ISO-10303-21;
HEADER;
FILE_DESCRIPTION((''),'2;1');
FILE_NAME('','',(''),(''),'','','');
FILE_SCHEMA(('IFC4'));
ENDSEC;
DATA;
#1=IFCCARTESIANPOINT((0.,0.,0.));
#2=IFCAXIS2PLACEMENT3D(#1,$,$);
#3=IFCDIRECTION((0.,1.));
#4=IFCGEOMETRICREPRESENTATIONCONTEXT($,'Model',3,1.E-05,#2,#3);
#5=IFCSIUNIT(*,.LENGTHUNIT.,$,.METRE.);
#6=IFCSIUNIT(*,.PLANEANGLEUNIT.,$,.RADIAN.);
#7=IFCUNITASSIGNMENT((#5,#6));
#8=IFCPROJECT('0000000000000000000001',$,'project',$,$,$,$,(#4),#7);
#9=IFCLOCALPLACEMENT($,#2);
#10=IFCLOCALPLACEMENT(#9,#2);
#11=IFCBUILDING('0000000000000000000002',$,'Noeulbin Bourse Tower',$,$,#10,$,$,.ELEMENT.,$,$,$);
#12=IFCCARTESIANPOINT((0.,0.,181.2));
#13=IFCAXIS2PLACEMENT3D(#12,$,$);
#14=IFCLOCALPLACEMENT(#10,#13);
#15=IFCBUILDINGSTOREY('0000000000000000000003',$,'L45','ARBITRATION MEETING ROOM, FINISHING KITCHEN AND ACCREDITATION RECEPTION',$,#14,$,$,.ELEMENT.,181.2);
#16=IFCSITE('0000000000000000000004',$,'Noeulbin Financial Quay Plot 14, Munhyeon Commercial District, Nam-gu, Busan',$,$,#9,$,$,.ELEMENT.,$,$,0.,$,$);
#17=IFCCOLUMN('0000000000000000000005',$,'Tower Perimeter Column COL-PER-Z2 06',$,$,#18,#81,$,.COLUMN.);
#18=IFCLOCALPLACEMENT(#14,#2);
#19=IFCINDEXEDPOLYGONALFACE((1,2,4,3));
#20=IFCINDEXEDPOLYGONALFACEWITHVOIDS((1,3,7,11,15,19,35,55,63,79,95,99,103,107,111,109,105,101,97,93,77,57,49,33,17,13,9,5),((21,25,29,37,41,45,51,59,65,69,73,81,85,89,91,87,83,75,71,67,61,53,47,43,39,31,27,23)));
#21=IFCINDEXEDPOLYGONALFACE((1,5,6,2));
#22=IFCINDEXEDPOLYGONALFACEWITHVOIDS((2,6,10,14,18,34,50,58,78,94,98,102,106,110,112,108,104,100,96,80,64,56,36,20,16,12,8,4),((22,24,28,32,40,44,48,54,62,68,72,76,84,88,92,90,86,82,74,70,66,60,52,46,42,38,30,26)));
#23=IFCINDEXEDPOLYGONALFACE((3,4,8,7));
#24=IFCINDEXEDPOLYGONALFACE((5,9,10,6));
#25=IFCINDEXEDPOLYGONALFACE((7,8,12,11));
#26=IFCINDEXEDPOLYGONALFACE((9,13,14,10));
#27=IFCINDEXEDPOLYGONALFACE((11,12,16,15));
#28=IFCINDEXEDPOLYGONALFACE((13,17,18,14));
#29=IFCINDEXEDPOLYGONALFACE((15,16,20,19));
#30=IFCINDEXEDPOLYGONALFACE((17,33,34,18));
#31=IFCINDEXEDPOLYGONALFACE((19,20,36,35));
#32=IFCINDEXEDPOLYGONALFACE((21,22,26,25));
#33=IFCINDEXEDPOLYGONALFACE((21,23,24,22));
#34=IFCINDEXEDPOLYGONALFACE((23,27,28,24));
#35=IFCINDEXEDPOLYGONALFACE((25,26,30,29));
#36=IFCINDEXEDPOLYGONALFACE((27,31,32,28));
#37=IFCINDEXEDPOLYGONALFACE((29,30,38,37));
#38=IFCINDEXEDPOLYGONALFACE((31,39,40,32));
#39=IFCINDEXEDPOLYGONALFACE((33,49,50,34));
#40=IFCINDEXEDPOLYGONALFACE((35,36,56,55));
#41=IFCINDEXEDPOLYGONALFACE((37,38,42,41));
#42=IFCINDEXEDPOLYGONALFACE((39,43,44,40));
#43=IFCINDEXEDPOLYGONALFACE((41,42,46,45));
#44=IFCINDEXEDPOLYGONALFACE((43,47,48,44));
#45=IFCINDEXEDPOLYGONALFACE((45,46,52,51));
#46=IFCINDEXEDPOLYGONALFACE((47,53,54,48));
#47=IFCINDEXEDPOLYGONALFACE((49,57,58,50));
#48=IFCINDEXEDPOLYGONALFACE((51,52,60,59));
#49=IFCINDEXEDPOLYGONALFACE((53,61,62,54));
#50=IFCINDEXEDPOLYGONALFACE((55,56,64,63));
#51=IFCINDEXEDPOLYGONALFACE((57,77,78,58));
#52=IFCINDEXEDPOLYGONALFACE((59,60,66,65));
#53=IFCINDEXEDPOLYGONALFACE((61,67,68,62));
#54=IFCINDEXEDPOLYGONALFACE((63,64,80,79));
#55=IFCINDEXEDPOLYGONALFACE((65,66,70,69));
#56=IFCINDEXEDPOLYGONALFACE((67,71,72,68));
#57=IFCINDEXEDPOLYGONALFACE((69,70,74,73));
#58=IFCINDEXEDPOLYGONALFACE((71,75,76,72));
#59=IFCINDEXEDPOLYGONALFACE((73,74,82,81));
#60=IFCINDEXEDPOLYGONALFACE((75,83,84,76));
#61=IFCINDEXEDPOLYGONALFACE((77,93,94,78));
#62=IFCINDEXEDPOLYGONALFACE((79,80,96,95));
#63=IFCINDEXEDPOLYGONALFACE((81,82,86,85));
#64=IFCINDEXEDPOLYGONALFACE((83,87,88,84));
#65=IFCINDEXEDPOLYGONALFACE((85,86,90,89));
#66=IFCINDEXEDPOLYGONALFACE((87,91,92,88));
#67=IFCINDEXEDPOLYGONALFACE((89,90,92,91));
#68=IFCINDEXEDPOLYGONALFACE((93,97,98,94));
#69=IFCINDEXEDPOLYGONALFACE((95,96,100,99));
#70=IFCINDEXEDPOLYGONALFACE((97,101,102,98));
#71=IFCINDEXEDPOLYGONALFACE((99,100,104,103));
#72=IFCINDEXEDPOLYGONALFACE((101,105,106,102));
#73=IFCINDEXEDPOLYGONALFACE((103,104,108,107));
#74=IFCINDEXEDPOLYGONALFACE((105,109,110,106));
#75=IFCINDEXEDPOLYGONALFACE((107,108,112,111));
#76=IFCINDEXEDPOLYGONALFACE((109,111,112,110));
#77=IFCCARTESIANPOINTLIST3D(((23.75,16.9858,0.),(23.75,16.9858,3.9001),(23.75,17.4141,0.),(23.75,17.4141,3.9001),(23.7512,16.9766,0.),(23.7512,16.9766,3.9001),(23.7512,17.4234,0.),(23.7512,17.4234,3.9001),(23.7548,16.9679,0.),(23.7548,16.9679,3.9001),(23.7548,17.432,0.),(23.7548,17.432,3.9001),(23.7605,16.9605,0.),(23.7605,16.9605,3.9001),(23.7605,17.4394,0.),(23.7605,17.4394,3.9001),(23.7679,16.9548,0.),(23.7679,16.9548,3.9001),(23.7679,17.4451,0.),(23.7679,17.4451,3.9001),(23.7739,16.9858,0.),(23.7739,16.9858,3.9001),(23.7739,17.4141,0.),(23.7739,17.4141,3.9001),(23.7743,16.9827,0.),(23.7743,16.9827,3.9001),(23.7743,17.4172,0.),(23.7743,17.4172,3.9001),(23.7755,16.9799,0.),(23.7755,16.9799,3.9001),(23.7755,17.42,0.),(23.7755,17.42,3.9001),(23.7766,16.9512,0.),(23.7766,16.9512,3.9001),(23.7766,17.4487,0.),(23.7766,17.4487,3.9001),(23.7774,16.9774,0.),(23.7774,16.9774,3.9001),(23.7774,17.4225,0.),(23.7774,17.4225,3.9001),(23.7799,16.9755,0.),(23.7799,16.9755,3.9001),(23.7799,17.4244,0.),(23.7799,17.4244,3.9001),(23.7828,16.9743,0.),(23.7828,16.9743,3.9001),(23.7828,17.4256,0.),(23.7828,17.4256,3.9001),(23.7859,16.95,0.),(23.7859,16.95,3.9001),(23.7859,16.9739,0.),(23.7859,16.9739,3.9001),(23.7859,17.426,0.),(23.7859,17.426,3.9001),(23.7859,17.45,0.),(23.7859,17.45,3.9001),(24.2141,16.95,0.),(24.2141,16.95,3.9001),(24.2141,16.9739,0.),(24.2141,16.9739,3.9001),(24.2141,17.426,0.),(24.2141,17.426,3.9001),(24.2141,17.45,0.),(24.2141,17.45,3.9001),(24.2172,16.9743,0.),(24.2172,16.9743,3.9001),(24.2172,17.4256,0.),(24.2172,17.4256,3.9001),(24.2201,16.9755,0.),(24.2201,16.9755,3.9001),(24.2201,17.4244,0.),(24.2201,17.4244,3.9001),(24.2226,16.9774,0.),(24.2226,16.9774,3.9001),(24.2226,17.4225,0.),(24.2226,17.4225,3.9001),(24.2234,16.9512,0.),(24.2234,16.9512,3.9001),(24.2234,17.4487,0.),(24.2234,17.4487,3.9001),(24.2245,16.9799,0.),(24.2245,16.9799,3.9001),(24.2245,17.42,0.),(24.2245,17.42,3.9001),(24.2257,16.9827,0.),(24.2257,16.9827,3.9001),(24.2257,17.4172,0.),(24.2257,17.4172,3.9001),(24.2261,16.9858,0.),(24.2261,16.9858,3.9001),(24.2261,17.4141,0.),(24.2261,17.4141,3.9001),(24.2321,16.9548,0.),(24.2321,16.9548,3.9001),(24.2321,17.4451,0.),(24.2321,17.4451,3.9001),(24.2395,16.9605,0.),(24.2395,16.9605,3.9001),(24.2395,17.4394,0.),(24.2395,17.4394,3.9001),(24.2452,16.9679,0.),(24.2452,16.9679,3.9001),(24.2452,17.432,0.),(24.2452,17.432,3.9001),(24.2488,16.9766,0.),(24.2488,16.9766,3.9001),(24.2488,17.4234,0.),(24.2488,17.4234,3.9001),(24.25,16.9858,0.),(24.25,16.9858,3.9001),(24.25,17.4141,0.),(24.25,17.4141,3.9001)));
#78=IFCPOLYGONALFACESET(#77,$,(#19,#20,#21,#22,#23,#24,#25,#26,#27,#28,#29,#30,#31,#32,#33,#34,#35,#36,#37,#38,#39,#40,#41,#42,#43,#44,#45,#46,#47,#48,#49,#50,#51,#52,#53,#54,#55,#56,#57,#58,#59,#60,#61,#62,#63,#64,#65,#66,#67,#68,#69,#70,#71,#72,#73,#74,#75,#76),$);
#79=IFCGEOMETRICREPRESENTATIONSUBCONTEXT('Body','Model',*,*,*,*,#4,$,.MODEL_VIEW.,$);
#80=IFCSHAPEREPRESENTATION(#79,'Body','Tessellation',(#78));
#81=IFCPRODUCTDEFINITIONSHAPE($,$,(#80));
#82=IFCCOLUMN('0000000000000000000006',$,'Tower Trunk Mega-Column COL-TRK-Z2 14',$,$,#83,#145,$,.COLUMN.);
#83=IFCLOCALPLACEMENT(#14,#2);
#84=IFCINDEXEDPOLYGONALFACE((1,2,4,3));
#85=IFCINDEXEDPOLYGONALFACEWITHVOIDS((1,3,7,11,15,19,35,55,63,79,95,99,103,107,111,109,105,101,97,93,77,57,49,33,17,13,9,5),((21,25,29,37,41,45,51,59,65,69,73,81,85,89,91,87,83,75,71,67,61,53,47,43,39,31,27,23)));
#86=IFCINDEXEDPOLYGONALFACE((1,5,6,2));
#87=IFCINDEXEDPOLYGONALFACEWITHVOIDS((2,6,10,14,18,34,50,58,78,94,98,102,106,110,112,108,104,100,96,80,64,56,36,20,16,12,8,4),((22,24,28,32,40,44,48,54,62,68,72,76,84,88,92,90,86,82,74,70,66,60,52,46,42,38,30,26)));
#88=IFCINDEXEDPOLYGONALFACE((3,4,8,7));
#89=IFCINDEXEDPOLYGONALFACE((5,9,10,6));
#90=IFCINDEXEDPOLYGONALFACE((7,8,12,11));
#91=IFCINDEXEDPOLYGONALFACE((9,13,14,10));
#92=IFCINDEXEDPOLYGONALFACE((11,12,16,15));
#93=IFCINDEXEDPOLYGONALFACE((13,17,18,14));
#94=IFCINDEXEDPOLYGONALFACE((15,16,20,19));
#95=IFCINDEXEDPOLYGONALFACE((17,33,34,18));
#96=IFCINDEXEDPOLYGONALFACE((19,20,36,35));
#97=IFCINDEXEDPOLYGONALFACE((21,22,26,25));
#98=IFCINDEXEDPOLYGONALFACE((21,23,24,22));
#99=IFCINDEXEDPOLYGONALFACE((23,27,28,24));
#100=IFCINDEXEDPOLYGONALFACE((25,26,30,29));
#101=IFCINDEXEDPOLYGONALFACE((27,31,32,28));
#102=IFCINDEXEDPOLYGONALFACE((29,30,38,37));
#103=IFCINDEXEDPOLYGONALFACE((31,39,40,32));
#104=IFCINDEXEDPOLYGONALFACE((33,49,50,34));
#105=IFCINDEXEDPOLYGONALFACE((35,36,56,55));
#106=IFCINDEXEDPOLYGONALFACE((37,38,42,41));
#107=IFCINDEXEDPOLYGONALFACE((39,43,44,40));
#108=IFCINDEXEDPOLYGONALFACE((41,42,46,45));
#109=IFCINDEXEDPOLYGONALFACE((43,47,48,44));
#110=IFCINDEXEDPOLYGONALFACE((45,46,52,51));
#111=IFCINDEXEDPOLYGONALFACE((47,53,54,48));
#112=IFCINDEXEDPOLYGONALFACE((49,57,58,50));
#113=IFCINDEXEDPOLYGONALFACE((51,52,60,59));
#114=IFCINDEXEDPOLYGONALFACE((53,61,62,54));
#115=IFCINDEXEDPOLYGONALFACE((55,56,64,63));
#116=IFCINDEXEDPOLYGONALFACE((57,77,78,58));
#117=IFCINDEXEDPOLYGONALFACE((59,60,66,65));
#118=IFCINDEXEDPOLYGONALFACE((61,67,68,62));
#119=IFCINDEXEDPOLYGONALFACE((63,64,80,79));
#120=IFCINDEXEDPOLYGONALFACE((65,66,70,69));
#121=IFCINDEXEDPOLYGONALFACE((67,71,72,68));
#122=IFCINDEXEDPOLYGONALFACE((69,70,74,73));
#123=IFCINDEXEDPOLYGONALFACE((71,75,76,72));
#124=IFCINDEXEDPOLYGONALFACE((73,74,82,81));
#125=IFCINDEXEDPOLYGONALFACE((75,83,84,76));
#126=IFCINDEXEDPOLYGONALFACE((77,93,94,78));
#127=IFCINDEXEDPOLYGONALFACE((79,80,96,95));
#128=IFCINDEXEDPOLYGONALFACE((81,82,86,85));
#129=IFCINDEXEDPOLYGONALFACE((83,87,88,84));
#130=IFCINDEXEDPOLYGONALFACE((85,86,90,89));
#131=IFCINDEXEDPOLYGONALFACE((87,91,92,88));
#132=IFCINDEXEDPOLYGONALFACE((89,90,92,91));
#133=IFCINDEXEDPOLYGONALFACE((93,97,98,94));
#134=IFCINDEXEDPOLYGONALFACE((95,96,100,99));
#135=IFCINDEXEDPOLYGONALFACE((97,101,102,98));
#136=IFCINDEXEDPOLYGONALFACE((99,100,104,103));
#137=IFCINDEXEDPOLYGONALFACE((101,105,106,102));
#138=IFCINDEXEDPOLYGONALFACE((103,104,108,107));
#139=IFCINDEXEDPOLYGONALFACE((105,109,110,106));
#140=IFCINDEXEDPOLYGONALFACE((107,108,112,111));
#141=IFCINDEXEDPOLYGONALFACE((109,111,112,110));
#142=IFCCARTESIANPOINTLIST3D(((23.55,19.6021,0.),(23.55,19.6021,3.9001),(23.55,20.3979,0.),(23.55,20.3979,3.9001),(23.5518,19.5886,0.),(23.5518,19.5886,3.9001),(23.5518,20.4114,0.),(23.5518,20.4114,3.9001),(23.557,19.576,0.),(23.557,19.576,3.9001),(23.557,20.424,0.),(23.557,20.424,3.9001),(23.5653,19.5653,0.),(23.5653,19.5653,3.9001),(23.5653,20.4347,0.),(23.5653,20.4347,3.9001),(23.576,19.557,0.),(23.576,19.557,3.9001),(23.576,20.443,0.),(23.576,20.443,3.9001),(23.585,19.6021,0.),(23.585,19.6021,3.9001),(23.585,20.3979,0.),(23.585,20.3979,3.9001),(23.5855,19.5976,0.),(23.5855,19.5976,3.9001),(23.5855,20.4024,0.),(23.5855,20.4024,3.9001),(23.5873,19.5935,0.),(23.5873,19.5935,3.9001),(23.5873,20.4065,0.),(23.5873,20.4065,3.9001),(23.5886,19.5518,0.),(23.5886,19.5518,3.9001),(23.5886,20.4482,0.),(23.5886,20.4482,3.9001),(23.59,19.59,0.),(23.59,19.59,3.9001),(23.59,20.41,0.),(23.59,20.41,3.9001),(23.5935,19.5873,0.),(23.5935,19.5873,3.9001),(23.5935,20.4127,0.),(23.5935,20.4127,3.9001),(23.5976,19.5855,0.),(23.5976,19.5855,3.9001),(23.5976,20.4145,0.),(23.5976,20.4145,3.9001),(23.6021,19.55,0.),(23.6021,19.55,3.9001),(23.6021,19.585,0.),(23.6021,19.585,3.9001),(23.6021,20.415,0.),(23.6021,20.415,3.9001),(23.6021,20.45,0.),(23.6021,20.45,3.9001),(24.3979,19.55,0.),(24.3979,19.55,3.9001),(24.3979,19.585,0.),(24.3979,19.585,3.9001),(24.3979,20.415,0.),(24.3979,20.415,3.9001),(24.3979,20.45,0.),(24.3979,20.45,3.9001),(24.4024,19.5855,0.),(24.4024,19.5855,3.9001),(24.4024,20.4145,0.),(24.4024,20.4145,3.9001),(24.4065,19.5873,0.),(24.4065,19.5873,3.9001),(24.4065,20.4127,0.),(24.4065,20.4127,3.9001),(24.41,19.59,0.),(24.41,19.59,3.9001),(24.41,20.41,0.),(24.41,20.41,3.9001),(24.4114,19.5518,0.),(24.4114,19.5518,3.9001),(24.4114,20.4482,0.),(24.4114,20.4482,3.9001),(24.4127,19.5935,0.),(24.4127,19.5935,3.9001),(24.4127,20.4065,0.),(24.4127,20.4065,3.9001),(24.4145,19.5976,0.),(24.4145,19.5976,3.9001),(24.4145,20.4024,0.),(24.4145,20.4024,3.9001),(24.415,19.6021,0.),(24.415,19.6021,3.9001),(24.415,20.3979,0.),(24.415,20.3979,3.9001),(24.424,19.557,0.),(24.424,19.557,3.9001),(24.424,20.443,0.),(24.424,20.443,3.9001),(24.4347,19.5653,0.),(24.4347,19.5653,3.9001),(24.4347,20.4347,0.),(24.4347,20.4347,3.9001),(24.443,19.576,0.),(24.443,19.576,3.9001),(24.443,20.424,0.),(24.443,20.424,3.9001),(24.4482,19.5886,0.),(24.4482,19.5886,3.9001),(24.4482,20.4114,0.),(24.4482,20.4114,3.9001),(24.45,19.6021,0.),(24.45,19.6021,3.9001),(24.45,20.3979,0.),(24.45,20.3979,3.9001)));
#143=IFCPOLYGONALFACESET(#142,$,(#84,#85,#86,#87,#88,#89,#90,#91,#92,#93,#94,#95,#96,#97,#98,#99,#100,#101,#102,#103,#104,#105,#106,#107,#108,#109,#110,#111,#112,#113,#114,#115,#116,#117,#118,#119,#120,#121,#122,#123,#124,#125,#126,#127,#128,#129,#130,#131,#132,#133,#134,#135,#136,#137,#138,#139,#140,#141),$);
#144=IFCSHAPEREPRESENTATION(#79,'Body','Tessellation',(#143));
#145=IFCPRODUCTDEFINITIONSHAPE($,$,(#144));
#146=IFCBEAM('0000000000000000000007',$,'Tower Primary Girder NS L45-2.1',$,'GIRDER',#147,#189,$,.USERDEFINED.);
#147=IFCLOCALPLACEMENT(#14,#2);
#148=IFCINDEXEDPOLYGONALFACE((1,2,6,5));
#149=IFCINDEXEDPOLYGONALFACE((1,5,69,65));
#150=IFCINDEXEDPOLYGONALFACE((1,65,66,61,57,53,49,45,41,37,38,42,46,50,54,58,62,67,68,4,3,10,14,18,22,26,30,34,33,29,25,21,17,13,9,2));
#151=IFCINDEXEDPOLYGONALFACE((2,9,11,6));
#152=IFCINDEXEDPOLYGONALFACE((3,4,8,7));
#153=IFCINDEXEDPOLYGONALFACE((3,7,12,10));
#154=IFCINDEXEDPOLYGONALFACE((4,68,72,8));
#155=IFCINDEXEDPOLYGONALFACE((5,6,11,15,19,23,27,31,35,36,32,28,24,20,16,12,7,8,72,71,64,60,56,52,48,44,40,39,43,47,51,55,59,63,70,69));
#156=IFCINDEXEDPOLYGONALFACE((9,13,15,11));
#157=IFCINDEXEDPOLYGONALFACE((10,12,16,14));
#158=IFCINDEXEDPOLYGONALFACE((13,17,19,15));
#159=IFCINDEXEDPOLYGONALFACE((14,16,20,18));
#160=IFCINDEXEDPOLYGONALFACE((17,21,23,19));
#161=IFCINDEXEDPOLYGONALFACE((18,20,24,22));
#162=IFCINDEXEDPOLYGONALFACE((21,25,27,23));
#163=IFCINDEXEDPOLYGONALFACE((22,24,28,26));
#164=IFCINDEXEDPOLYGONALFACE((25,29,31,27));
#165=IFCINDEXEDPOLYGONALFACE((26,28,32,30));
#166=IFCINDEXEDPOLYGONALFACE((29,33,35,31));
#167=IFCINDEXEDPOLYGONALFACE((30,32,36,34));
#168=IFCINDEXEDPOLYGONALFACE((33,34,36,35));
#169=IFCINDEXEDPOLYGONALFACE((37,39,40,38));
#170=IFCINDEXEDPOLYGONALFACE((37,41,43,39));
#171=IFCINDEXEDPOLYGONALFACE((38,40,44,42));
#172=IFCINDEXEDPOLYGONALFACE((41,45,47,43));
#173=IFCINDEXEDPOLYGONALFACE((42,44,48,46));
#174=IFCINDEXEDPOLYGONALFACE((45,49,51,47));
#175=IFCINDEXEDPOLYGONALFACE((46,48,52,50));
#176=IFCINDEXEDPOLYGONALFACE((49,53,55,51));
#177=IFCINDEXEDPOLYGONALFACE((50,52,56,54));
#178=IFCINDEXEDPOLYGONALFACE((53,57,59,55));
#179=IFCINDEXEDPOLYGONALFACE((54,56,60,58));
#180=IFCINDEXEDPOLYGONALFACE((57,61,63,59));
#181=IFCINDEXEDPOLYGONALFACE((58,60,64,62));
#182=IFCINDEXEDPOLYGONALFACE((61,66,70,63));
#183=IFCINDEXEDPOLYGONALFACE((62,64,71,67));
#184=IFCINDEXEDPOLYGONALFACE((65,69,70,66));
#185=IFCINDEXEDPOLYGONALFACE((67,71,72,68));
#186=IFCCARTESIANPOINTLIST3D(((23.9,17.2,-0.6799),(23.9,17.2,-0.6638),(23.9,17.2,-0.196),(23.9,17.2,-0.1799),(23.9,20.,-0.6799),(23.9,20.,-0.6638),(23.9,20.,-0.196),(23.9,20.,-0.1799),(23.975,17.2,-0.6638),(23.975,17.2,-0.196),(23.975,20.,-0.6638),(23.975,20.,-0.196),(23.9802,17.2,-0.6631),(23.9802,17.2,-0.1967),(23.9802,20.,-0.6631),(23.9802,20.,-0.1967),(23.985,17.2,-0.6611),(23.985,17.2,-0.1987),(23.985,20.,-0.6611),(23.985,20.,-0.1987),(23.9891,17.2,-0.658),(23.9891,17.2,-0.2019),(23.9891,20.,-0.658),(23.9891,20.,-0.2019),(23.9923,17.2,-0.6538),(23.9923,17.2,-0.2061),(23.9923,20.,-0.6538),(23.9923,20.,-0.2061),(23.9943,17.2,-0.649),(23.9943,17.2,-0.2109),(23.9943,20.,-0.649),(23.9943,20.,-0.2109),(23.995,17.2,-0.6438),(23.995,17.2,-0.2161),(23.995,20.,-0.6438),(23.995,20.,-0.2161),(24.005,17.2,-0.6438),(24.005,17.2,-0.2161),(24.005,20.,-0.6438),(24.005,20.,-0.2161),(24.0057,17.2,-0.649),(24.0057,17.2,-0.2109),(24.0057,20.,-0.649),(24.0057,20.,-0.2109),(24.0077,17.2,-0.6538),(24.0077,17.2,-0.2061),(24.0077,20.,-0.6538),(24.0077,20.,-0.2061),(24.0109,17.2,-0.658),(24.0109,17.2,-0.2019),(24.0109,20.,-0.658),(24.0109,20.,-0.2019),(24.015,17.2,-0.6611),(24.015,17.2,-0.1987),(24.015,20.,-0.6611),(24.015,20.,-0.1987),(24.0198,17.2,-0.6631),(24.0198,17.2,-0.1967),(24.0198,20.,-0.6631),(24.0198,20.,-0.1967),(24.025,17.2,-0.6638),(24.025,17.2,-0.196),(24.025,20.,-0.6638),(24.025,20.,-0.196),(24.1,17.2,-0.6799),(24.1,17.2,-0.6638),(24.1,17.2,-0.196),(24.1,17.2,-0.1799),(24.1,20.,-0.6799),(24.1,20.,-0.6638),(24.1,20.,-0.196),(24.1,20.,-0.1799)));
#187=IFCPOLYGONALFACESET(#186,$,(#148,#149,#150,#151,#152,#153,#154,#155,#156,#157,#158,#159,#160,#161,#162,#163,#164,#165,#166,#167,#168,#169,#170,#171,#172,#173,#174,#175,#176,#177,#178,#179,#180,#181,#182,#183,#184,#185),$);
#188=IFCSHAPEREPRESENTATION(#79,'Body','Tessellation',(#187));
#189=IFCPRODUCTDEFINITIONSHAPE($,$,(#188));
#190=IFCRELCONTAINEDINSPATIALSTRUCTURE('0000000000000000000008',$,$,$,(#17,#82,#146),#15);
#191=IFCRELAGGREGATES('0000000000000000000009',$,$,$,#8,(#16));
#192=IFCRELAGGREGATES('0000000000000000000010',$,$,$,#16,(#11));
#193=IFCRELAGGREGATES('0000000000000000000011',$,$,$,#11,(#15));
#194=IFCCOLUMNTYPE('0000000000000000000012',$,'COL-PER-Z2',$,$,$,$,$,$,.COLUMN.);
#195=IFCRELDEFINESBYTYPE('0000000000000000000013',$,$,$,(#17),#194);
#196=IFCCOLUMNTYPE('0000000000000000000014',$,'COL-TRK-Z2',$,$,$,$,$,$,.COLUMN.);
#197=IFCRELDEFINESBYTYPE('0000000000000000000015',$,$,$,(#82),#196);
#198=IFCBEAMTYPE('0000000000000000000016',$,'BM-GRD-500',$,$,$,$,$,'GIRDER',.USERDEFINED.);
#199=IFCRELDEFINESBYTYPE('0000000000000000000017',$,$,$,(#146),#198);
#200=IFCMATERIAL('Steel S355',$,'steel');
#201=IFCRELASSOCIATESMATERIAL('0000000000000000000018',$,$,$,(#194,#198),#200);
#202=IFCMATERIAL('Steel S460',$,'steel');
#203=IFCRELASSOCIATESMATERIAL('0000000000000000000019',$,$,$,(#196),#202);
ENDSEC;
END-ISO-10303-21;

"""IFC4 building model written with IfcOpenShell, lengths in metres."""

from ifc_helpers import new_model, si_unit, direction, frame, origin, origin_2d, place, context, subcontext, project, spatial, hollow_rectangle, i_section, extrude, material, material_profile, profile_set, type_object, element, save


model = new_model("IFC4")

# Units and contexts
model_context = context("Model", 3, precision=1e-05, world=origin(), true_north=direction((0.0, 1.0)))
body_context = subcontext(model_context, "Body", "Model", "MODEL_VIEW")
ifc_project = project(units=[si_unit("LENGTHUNIT", "METRE"), si_unit("PLANEANGLEUNIT", "RADIAN")], contexts=[model_context])

# Site, building, storey
site_placement = place(None, origin())
site = spatial("IfcSite", under=ifc_project, at=site_placement, Name="Noeulbin Financial Quay Plot 14, Munhyeon Commercial District, Nam-gu, Busan", CompositionType="ELEMENT", RefElevation=0.0)
building_placement = place(site_placement, origin())
building = spatial("IfcBuilding", under=site, at=building_placement, Name="Noeulbin Bourse Tower", CompositionType="ELEMENT")
storey_placement = place(building_placement, frame((0.0, 0.0, 181.2)))
storey = spatial("IfcBuildingStorey", under=building, at=storey_placement, Name="L45", Description="ARBITRATION MEETING ROOM, FINISHING KITCHEN AND ACCREDITATION RECEPTION", CompositionType="ELEMENT", Elevation=181.2)

# Columns
ifc_material_1 = material(Name="Steel S355", Category="steel")
ifc_material_profile_1 = material_profile(ifc_material_1, hollow_rectangle(XDim=0.5, YDim=0.5, WallThickness=0.0239, InnerFilletRadius=0.012, OuterFilletRadius=0.0359, at=origin_2d()), Name="BOX-500x500x24", Category="LoadBearing")
ifc_profile_set_1 = profile_set([ifc_material_profile_1], Name="Steel S355")
column_type_1 = type_object("IfcColumnType", Name="COL-PER-Z2", PredefinedType="COLUMN", material=ifc_profile_set_1)
column_1_placement = place(storey_placement, frame((24.0, 17.2, 0.0), z_axis=(0.0, 0.0, 1.0), x_axis=(1.0, 0.0, 0.0)))
element("IfcColumn", 1, at=column_1_placement, inside=storey, type_object=column_type_1, Name="Tower Perimeter Column COL-PER-Z2 06", PredefinedType="COLUMN", context=body_context, shape_type="SweptSolid", body=[
    extrude(hollow_rectangle(XDim=0.5, YDim=0.5, WallThickness=0.0239, InnerFilletRadius=0.012, OuterFilletRadius=0.0359, at=origin_2d()), origin(), (0.0, 0.0, 1.0), 3.9001),
])
ifc_material_2 = material(Name="Steel S460", Category="steel")
ifc_material_profile_2 = material_profile(ifc_material_2, hollow_rectangle(XDim=0.8999, YDim=0.8999, WallThickness=0.0349, InnerFilletRadius=0.0171, OuterFilletRadius=0.052, at=origin_2d()), Name="BOX-900x900x35", Category="LoadBearing")
ifc_profile_set_2 = profile_set([ifc_material_profile_2], Name="Steel S460")
column_type_2 = type_object("IfcColumnType", Name="COL-TRK-Z2", PredefinedType="COLUMN", material=ifc_profile_set_2)
column_2_placement = place(storey_placement, frame((24.0, 20.0, 0.0), z_axis=(0.0, 0.0, 1.0), x_axis=(1.0, 0.0, 0.0)))
element("IfcColumn", 2, at=column_2_placement, inside=storey, type_object=column_type_2, Name="Tower Trunk Mega-Column COL-TRK-Z2 14", PredefinedType="COLUMN", context=body_context, shape_type="SweptSolid", body=[
    extrude(hollow_rectangle(XDim=0.8999, YDim=0.8999, WallThickness=0.0349, InnerFilletRadius=0.0171, OuterFilletRadius=0.052, at=origin_2d()), origin(), (0.0, 0.0, 1.0), 3.9001),
])

# Beam
ifc_material_profile_3 = material_profile(ifc_material_1, i_section(OverallWidth=0.2, OverallDepth=0.5, WebThickness=0.01, FlangeThickness=0.0161, FilletRadius=0.02, at=origin_2d()), Name="H-500x200x10x16", Category="LoadBearing")
ifc_profile_set_3 = profile_set([ifc_material_profile_3], Name="Steel S355")
beam_type_1 = type_object("IfcBeamType", Name="BM-GRD-500", ElementType="GIRDER", PredefinedType="USERDEFINED", material=ifc_profile_set_3)
beam_1_placement = place(storey_placement, frame((24.0, 17.2, -0.4299), z_axis=(0.0, 1.0, 0.0), x_axis=(-1.0, 0.0, 0.0)))
element("IfcBeam", 3, at=beam_1_placement, inside=storey, type_object=beam_type_1, Name="Tower Primary Girder NS L45-2.1", ObjectType="GIRDER", PredefinedType="USERDEFINED", context=body_context, shape_type="SweptSolid", body=[
    extrude(i_section(OverallWidth=0.2, OverallDepth=0.5, WebThickness=0.01, FlangeThickness=0.0161, FilletRadius=0.02, at=origin_2d()), origin(), (0.0, 0.0, 1.0), 2.8),
])

save(model, "model.ifc")
